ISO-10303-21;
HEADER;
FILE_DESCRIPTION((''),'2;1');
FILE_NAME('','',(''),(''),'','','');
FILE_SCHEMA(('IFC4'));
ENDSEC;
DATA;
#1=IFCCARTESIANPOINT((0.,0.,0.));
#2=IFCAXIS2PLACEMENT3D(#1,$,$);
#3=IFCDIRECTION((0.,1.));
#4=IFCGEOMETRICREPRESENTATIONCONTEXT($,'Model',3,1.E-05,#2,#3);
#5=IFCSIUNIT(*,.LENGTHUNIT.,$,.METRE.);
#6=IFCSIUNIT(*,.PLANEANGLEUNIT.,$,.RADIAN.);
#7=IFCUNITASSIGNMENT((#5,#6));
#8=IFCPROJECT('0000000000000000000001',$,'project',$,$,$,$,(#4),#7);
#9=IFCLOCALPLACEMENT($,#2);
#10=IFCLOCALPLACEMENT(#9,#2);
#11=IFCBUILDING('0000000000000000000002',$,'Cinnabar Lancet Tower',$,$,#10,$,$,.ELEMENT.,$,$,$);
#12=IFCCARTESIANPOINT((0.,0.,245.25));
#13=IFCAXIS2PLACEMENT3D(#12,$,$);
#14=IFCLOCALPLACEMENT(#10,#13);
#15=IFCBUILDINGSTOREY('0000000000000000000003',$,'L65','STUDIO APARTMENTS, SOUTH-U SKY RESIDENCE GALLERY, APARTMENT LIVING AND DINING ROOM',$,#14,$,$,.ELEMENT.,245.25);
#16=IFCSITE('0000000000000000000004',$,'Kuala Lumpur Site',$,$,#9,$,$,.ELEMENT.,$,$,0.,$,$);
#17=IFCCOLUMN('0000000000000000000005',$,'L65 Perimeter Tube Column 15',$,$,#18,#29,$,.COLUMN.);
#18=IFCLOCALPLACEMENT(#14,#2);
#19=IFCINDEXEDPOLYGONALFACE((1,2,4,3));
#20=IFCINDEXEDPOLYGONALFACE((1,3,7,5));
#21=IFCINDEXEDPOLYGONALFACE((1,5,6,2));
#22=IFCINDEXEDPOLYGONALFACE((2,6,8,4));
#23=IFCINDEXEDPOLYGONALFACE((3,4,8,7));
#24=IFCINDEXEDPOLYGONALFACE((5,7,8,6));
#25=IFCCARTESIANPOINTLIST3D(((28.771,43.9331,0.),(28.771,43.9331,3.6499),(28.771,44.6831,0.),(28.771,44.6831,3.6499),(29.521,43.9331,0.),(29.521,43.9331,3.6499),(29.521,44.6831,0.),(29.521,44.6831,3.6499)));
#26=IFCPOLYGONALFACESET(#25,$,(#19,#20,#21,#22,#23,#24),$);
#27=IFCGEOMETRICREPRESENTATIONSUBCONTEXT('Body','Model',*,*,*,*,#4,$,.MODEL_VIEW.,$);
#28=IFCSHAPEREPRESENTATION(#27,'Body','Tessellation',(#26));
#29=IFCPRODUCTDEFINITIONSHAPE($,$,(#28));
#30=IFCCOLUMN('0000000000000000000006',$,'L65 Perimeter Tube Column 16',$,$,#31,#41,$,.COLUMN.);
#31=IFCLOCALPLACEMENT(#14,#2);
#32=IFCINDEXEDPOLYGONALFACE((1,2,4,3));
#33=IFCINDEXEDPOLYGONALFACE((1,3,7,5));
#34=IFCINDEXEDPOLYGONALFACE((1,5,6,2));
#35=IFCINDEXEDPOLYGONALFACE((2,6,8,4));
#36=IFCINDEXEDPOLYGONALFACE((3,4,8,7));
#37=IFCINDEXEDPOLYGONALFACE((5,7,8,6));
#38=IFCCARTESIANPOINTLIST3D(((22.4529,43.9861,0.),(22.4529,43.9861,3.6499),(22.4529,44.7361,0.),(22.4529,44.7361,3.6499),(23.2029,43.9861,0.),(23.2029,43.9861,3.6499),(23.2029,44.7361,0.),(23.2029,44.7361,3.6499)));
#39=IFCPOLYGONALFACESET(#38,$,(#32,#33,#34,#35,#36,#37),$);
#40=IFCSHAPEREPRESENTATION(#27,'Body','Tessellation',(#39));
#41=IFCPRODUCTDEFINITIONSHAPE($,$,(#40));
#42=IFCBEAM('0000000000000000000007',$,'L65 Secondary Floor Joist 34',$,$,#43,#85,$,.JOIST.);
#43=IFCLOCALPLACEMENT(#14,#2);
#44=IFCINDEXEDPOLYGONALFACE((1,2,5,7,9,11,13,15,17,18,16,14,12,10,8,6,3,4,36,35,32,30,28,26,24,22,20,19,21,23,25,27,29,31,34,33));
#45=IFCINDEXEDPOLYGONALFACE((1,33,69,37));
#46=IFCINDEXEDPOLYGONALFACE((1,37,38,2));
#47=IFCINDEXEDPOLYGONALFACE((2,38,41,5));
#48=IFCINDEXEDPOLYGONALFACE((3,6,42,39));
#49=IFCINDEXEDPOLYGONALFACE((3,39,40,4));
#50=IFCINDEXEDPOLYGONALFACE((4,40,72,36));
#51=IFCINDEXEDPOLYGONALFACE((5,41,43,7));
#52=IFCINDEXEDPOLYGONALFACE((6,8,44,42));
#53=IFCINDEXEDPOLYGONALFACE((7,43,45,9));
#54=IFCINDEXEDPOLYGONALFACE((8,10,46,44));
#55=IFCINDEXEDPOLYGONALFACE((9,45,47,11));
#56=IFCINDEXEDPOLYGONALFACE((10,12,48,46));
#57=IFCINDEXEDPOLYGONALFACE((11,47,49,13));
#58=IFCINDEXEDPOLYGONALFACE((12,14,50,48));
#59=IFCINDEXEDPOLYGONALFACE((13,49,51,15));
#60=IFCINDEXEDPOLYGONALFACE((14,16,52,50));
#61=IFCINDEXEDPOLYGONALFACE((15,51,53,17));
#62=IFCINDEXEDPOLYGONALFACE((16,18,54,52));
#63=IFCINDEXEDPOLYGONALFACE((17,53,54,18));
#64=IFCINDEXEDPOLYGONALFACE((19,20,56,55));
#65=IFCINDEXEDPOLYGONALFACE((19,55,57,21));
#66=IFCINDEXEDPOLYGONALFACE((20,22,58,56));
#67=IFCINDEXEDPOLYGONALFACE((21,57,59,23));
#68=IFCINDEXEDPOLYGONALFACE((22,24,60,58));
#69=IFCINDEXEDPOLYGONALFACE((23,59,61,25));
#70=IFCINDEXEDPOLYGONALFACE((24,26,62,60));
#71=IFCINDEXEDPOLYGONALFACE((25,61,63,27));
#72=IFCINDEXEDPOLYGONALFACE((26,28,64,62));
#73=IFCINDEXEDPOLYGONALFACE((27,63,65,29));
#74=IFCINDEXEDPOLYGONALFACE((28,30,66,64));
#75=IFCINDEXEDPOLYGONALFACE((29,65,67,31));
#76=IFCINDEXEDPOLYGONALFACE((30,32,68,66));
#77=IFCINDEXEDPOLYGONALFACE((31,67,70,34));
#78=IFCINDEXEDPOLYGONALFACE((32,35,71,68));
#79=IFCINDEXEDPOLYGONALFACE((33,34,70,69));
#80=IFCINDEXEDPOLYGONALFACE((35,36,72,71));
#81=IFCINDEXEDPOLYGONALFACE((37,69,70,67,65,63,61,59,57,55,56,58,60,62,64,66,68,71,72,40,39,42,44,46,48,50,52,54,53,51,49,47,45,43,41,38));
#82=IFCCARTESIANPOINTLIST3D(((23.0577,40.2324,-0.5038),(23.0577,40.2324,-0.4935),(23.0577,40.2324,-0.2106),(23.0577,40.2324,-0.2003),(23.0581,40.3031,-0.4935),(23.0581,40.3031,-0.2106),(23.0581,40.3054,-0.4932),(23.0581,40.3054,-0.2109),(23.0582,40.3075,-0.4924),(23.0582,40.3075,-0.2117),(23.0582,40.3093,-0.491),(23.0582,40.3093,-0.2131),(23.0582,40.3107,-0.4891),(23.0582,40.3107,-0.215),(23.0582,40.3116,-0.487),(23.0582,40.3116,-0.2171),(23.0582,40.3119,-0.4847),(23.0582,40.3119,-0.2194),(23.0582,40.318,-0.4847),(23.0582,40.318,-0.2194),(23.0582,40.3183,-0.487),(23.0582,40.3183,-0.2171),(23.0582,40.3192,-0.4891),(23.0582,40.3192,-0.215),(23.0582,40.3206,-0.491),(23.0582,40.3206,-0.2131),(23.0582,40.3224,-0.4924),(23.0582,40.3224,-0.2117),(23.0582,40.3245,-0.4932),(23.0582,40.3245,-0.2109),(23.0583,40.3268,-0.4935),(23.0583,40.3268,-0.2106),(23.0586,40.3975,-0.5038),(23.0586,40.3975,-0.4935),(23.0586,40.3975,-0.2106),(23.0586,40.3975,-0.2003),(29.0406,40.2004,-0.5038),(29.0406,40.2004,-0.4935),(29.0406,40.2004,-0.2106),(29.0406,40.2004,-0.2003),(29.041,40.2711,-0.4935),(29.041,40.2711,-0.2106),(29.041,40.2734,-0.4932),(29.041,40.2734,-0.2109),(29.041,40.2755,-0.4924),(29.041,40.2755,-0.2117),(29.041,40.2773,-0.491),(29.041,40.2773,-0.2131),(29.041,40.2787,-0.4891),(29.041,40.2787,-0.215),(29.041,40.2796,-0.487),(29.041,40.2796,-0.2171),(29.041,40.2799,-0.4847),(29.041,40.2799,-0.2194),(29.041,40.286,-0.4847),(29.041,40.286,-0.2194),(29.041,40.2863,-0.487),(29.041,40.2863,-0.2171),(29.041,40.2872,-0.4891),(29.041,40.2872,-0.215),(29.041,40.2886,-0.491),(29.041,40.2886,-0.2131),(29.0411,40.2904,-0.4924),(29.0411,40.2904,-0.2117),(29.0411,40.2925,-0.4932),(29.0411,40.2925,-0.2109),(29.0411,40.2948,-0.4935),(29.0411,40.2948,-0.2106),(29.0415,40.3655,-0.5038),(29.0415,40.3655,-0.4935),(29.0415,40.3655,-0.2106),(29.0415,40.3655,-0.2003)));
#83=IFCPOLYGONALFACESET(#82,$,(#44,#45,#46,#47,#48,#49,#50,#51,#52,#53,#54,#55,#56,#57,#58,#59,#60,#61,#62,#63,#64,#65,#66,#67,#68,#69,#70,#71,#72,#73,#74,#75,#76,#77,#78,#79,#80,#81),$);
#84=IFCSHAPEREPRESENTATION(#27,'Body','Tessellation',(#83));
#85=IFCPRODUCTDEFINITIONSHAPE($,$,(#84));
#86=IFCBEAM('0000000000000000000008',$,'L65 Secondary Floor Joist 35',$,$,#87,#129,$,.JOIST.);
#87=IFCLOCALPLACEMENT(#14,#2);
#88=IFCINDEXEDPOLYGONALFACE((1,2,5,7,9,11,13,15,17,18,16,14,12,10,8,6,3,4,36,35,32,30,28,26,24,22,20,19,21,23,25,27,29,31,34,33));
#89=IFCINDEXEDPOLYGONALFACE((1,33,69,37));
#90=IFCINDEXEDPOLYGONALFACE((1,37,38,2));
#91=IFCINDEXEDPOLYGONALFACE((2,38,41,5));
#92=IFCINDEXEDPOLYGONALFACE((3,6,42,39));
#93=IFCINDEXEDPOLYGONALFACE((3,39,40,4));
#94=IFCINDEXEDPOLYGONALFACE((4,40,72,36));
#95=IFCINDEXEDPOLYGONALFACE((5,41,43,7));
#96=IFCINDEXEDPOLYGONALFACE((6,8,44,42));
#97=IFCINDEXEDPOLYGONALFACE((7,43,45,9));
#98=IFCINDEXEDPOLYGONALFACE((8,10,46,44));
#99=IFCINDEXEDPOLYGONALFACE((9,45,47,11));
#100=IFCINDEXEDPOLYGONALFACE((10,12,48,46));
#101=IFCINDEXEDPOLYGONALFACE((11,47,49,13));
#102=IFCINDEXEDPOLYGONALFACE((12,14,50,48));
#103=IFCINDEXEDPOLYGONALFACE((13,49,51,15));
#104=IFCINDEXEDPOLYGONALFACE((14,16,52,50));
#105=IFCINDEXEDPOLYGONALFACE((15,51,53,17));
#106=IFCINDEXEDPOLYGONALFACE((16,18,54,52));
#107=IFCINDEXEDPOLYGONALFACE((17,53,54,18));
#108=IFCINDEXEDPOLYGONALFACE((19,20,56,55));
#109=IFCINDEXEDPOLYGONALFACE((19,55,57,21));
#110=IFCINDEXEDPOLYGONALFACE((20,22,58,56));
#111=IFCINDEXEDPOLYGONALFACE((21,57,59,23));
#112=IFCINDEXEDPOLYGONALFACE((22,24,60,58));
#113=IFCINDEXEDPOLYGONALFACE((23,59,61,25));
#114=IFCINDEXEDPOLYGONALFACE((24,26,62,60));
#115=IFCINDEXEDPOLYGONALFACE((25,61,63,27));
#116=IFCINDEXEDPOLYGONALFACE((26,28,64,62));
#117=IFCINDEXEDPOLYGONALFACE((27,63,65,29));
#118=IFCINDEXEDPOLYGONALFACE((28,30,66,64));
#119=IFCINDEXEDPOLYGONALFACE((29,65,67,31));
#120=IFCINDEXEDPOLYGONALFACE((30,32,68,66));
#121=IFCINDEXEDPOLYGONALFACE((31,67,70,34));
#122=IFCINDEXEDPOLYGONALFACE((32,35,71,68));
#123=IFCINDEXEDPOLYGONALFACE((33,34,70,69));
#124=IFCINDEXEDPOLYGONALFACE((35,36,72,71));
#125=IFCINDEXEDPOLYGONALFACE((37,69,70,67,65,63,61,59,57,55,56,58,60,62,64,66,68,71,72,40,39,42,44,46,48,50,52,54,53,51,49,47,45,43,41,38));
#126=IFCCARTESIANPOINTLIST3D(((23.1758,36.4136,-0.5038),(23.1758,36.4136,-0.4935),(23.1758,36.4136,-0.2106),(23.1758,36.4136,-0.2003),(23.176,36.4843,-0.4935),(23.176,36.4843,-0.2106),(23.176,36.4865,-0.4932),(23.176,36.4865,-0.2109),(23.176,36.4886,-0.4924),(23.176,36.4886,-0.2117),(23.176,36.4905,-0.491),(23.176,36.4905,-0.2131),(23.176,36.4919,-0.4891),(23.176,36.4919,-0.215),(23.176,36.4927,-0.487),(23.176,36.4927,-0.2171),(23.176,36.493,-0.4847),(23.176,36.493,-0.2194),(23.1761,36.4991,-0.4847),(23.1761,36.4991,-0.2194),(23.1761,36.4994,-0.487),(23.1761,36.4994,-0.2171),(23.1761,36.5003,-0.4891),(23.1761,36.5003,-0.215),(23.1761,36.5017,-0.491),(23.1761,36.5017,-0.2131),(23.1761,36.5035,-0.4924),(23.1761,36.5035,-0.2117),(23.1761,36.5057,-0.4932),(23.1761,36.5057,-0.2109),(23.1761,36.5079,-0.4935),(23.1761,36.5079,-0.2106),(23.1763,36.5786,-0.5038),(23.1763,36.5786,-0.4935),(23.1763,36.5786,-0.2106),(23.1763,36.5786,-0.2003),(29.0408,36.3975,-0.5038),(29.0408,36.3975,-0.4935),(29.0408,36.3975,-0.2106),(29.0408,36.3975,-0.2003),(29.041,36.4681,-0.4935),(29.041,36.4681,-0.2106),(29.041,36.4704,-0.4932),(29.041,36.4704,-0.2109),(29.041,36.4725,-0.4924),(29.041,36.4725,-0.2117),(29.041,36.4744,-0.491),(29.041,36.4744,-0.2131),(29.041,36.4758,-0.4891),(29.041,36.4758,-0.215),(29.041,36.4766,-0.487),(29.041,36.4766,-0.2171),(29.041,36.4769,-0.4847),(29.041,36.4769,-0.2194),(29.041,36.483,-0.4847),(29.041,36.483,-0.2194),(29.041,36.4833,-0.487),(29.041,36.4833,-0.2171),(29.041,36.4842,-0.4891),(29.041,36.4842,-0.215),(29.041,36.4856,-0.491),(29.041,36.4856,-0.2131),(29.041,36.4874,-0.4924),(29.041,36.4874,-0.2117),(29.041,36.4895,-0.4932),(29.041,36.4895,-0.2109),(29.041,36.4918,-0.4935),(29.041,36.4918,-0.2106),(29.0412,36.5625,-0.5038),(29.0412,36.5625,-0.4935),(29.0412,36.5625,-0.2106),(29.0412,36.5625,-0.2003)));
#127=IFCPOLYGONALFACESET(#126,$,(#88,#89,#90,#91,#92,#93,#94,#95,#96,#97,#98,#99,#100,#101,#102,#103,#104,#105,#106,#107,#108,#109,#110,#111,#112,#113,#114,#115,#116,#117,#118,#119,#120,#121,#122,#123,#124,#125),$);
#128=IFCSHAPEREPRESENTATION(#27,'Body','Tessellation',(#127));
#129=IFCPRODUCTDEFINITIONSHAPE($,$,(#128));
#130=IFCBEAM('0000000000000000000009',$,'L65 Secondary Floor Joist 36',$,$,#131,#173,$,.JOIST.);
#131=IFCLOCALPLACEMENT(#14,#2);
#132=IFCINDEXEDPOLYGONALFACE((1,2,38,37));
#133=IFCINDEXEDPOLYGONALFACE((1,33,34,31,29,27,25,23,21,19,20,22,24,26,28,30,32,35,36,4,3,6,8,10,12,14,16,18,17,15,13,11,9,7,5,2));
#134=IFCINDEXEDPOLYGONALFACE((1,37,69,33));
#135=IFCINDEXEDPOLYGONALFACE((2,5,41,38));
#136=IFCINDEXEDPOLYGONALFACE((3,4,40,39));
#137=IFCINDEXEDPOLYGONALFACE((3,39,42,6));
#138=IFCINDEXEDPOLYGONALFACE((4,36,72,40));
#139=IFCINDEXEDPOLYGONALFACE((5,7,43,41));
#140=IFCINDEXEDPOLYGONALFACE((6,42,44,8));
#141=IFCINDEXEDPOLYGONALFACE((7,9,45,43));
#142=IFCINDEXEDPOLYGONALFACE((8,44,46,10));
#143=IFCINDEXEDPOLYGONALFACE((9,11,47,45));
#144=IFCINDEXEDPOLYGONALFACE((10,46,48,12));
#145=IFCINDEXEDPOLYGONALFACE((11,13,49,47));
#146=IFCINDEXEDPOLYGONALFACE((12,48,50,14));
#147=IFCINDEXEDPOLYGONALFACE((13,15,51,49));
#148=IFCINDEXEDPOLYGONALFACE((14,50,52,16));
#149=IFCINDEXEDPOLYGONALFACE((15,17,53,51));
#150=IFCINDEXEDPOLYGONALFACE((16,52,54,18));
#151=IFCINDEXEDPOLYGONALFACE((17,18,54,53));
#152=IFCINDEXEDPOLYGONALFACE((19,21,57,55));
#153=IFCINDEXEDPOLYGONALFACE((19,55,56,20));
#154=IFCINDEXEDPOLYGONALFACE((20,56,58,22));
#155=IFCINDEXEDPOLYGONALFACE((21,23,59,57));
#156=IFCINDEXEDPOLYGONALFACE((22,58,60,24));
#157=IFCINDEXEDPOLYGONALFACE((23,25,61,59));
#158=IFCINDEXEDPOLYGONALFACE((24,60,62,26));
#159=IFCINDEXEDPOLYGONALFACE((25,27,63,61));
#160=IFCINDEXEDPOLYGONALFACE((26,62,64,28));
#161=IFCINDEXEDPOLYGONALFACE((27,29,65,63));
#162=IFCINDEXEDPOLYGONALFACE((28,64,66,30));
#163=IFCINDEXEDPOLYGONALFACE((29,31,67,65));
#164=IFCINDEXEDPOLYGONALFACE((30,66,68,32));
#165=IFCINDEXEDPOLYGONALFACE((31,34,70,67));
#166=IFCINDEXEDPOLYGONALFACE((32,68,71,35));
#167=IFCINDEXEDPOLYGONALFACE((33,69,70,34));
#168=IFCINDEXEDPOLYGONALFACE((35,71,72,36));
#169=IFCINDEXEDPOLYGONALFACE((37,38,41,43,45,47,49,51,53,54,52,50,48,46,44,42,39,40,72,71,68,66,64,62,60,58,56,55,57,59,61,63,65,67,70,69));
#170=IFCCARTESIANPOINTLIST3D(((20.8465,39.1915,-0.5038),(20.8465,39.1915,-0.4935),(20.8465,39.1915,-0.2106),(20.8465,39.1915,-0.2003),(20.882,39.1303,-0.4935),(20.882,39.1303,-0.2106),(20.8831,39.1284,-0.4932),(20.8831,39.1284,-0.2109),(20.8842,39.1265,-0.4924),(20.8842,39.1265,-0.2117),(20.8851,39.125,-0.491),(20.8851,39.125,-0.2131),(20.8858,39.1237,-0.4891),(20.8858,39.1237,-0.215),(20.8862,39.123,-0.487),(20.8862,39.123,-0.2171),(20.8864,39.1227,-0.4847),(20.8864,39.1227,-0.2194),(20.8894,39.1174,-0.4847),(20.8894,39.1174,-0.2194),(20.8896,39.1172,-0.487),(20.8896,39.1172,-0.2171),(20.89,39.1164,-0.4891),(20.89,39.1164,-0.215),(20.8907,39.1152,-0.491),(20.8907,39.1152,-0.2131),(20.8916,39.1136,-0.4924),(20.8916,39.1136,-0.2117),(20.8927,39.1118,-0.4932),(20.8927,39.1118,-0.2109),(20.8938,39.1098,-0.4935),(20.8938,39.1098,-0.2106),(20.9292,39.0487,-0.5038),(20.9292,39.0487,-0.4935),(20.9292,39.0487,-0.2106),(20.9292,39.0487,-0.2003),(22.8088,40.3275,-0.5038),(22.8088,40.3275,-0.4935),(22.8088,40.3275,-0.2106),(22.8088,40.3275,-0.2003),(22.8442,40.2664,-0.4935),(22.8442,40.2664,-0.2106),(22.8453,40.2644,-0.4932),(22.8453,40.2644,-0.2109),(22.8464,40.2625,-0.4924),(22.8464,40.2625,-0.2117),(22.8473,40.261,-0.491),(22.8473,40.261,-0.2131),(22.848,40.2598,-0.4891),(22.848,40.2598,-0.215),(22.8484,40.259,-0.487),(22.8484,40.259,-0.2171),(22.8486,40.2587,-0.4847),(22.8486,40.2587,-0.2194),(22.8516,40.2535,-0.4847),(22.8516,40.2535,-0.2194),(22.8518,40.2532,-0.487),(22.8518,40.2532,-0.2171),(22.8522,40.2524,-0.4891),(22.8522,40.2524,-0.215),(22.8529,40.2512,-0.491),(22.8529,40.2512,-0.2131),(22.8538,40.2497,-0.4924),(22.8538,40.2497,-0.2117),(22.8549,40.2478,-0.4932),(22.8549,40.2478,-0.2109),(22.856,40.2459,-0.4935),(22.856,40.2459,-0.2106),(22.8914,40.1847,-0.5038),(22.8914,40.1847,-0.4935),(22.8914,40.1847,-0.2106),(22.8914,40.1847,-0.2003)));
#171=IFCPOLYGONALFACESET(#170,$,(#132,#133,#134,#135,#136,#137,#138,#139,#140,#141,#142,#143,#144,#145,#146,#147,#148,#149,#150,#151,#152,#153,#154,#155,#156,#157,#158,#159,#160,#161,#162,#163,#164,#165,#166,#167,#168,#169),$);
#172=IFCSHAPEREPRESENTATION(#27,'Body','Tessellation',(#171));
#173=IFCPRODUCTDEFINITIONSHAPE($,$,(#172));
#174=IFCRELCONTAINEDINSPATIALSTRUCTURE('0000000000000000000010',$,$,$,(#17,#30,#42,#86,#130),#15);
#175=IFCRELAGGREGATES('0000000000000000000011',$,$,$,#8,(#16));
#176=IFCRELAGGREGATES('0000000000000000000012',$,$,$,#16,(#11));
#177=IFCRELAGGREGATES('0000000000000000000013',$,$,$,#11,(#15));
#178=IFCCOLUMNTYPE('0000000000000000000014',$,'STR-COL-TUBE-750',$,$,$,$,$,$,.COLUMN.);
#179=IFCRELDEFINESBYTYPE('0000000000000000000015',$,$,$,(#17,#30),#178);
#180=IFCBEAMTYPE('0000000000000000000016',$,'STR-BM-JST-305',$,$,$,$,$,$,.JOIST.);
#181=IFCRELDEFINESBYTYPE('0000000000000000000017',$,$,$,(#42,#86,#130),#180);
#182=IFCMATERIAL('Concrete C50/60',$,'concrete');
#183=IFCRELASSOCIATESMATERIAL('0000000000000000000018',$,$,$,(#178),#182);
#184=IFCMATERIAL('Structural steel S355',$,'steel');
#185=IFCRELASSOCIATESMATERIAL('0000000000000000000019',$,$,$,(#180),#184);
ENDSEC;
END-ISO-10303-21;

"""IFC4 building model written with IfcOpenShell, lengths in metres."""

from ifc_helpers import new_model, si_unit, direction, frame, origin, origin_2d, place, context, subcontext, project, spatial, rectangle, i_section, extrude, material, material_profile, profile_set, type_object, element, save


model = new_model("IFC4")

# Units and contexts
model_context = context("Model", 3, precision=1e-05, world=origin(), true_north=direction((0.0, 1.0)))
body_context = subcontext(model_context, "Body", "Model", "MODEL_VIEW")
ifc_project = project(units=[si_unit("LENGTHUNIT", "METRE"), si_unit("PLANEANGLEUNIT", "RADIAN")], contexts=[model_context])

# Site, building, storey
site_placement = place(None, origin())
site = spatial("IfcSite", under=ifc_project, at=site_placement, Name="Kuala Lumpur Site", CompositionType="ELEMENT", RefElevation=0.0)
building_placement = place(site_placement, origin())
building = spatial("IfcBuilding", under=site, at=building_placement, Name="Cinnabar Lancet Tower", CompositionType="ELEMENT")
storey_placement = place(building_placement, frame((0.0, 0.0, 245.25)))
storey = spatial("IfcBuildingStorey", under=building, at=storey_placement, Name="L65", Description="STUDIO APARTMENTS, SOUTH-U SKY RESIDENCE GALLERY, APARTMENT LIVING AND DINING ROOM", CompositionType="ELEMENT", Elevation=245.25)

# Columns
ifc_material_1 = material(Name="Concrete C50/60", Category="concrete")
ifc_material_profile_1 = material_profile(ifc_material_1, rectangle(XDim=0.75, YDim=0.75, at=origin_2d()), Name="RC-COL 750x750")
ifc_profile_set_1 = profile_set([ifc_material_profile_1], Name="Concrete C50/60")
column_type = type_object("IfcColumnType", Name="STR-COL-TUBE-750", PredefinedType="COLUMN", material=ifc_profile_set_1)
for number, where, z_axis, x_axis, name in (
    (1, (29.146, 44.3081, 0.0), (0.0, 0.0, 1.0), (1.0, 0.0, 0.0), "L65 Perimeter Tube Column 15"),
    (2, (22.8279, 44.3611, 0.0), (0.0, 0.0, 1.0), (1.0, 0.0, 0.0), "L65 Perimeter Tube Column 16"),
):
    element("IfcColumn", number, at=place(storey_placement, frame(where, z_axis=z_axis, x_axis=x_axis)), inside=storey, type_object=column_type, Name=name, PredefinedType="COLUMN", context=body_context, shape_type="SweptSolid", body=[
        extrude(rectangle(XDim=0.75, YDim=0.75, at=origin_2d()), origin(), (0.0, 0.0, 1.0), 3.6499),
    ])

# Beams
ifc_material_2 = material(Name="Structural steel S355", Category="steel")
ifc_material_profile_2 = material_profile(ifc_material_2, i_section(OverallWidth=0.165, OverallDepth=0.3035, WebThickness=0.0061, FlangeThickness=0.0103, FilletRadius=0.0088, at=origin_2d()), Name="UKB 305x165x40")
ifc_profile_set_2 = profile_set([ifc_material_profile_2], Name="Structural steel S355")
beam_type_1 = type_object("IfcBeamType", Name="STR-BM-JST-305", PredefinedType="JOIST", material=ifc_profile_set_2)
beam_1_placement = place(storey_placement, frame((29.041, 40.283, -0.3521), z_axis=(-0.999986, 0.005346, 0.0), x_axis=(-0.005346, -0.999986, 0.0)))
element("IfcBeam", 3, at=beam_1_placement, inside=storey, type_object=beam_type_1, Name="L65 Secondary Floor Joist 34", PredefinedType="JOIST", context=body_context, shape_type="SweptSolid", body=[
    extrude(i_section(OverallWidth=0.165, OverallDepth=0.3035, WebThickness=0.0061, FlangeThickness=0.0103, FilletRadius=0.0088, at=origin_2d()), origin(), (0.0, 0.0, 1.0), 5.9829),
])
beam_2_placement = place(storey_placement, frame((29.041, 36.48, -0.3521), z_axis=(-0.999996, 0.002747, 0.0), x_axis=(-0.002747, -0.999996, 0.0)))
element("IfcBeam", 4, at=beam_2_placement, inside=storey, type_object=beam_type_1, Name="L65 Secondary Floor Joist 35", PredefinedType="JOIST", context=body_context, shape_type="SweptSolid", body=[
    extrude(i_section(OverallWidth=0.165, OverallDepth=0.3035, WebThickness=0.0061, FlangeThickness=0.0103, FilletRadius=0.0088, at=origin_2d()), origin(), (0.0, 0.0, 1.0), 5.865),
])
beam_3_placement = place(storey_placement, frame((22.8501, 40.2561, -0.3521), z_axis=(-0.865426, -0.501036, 0.0), x_axis=(0.501036, -0.865426, 0.0)))
element("IfcBeam", 5, at=beam_3_placement, inside=storey, type_object=beam_type_1, Name="L65 Secondary Floor Joist 36", PredefinedType="JOIST", context=body_context, shape_type="SweptSolid", body=[
    extrude(i_section(OverallWidth=0.165, OverallDepth=0.3035, WebThickness=0.0061, FlangeThickness=0.0103, FilletRadius=0.0088, at=origin_2d()), origin(), (0.0, 0.0, 1.0), 2.2673),
])

save(model, "model.ifc")
